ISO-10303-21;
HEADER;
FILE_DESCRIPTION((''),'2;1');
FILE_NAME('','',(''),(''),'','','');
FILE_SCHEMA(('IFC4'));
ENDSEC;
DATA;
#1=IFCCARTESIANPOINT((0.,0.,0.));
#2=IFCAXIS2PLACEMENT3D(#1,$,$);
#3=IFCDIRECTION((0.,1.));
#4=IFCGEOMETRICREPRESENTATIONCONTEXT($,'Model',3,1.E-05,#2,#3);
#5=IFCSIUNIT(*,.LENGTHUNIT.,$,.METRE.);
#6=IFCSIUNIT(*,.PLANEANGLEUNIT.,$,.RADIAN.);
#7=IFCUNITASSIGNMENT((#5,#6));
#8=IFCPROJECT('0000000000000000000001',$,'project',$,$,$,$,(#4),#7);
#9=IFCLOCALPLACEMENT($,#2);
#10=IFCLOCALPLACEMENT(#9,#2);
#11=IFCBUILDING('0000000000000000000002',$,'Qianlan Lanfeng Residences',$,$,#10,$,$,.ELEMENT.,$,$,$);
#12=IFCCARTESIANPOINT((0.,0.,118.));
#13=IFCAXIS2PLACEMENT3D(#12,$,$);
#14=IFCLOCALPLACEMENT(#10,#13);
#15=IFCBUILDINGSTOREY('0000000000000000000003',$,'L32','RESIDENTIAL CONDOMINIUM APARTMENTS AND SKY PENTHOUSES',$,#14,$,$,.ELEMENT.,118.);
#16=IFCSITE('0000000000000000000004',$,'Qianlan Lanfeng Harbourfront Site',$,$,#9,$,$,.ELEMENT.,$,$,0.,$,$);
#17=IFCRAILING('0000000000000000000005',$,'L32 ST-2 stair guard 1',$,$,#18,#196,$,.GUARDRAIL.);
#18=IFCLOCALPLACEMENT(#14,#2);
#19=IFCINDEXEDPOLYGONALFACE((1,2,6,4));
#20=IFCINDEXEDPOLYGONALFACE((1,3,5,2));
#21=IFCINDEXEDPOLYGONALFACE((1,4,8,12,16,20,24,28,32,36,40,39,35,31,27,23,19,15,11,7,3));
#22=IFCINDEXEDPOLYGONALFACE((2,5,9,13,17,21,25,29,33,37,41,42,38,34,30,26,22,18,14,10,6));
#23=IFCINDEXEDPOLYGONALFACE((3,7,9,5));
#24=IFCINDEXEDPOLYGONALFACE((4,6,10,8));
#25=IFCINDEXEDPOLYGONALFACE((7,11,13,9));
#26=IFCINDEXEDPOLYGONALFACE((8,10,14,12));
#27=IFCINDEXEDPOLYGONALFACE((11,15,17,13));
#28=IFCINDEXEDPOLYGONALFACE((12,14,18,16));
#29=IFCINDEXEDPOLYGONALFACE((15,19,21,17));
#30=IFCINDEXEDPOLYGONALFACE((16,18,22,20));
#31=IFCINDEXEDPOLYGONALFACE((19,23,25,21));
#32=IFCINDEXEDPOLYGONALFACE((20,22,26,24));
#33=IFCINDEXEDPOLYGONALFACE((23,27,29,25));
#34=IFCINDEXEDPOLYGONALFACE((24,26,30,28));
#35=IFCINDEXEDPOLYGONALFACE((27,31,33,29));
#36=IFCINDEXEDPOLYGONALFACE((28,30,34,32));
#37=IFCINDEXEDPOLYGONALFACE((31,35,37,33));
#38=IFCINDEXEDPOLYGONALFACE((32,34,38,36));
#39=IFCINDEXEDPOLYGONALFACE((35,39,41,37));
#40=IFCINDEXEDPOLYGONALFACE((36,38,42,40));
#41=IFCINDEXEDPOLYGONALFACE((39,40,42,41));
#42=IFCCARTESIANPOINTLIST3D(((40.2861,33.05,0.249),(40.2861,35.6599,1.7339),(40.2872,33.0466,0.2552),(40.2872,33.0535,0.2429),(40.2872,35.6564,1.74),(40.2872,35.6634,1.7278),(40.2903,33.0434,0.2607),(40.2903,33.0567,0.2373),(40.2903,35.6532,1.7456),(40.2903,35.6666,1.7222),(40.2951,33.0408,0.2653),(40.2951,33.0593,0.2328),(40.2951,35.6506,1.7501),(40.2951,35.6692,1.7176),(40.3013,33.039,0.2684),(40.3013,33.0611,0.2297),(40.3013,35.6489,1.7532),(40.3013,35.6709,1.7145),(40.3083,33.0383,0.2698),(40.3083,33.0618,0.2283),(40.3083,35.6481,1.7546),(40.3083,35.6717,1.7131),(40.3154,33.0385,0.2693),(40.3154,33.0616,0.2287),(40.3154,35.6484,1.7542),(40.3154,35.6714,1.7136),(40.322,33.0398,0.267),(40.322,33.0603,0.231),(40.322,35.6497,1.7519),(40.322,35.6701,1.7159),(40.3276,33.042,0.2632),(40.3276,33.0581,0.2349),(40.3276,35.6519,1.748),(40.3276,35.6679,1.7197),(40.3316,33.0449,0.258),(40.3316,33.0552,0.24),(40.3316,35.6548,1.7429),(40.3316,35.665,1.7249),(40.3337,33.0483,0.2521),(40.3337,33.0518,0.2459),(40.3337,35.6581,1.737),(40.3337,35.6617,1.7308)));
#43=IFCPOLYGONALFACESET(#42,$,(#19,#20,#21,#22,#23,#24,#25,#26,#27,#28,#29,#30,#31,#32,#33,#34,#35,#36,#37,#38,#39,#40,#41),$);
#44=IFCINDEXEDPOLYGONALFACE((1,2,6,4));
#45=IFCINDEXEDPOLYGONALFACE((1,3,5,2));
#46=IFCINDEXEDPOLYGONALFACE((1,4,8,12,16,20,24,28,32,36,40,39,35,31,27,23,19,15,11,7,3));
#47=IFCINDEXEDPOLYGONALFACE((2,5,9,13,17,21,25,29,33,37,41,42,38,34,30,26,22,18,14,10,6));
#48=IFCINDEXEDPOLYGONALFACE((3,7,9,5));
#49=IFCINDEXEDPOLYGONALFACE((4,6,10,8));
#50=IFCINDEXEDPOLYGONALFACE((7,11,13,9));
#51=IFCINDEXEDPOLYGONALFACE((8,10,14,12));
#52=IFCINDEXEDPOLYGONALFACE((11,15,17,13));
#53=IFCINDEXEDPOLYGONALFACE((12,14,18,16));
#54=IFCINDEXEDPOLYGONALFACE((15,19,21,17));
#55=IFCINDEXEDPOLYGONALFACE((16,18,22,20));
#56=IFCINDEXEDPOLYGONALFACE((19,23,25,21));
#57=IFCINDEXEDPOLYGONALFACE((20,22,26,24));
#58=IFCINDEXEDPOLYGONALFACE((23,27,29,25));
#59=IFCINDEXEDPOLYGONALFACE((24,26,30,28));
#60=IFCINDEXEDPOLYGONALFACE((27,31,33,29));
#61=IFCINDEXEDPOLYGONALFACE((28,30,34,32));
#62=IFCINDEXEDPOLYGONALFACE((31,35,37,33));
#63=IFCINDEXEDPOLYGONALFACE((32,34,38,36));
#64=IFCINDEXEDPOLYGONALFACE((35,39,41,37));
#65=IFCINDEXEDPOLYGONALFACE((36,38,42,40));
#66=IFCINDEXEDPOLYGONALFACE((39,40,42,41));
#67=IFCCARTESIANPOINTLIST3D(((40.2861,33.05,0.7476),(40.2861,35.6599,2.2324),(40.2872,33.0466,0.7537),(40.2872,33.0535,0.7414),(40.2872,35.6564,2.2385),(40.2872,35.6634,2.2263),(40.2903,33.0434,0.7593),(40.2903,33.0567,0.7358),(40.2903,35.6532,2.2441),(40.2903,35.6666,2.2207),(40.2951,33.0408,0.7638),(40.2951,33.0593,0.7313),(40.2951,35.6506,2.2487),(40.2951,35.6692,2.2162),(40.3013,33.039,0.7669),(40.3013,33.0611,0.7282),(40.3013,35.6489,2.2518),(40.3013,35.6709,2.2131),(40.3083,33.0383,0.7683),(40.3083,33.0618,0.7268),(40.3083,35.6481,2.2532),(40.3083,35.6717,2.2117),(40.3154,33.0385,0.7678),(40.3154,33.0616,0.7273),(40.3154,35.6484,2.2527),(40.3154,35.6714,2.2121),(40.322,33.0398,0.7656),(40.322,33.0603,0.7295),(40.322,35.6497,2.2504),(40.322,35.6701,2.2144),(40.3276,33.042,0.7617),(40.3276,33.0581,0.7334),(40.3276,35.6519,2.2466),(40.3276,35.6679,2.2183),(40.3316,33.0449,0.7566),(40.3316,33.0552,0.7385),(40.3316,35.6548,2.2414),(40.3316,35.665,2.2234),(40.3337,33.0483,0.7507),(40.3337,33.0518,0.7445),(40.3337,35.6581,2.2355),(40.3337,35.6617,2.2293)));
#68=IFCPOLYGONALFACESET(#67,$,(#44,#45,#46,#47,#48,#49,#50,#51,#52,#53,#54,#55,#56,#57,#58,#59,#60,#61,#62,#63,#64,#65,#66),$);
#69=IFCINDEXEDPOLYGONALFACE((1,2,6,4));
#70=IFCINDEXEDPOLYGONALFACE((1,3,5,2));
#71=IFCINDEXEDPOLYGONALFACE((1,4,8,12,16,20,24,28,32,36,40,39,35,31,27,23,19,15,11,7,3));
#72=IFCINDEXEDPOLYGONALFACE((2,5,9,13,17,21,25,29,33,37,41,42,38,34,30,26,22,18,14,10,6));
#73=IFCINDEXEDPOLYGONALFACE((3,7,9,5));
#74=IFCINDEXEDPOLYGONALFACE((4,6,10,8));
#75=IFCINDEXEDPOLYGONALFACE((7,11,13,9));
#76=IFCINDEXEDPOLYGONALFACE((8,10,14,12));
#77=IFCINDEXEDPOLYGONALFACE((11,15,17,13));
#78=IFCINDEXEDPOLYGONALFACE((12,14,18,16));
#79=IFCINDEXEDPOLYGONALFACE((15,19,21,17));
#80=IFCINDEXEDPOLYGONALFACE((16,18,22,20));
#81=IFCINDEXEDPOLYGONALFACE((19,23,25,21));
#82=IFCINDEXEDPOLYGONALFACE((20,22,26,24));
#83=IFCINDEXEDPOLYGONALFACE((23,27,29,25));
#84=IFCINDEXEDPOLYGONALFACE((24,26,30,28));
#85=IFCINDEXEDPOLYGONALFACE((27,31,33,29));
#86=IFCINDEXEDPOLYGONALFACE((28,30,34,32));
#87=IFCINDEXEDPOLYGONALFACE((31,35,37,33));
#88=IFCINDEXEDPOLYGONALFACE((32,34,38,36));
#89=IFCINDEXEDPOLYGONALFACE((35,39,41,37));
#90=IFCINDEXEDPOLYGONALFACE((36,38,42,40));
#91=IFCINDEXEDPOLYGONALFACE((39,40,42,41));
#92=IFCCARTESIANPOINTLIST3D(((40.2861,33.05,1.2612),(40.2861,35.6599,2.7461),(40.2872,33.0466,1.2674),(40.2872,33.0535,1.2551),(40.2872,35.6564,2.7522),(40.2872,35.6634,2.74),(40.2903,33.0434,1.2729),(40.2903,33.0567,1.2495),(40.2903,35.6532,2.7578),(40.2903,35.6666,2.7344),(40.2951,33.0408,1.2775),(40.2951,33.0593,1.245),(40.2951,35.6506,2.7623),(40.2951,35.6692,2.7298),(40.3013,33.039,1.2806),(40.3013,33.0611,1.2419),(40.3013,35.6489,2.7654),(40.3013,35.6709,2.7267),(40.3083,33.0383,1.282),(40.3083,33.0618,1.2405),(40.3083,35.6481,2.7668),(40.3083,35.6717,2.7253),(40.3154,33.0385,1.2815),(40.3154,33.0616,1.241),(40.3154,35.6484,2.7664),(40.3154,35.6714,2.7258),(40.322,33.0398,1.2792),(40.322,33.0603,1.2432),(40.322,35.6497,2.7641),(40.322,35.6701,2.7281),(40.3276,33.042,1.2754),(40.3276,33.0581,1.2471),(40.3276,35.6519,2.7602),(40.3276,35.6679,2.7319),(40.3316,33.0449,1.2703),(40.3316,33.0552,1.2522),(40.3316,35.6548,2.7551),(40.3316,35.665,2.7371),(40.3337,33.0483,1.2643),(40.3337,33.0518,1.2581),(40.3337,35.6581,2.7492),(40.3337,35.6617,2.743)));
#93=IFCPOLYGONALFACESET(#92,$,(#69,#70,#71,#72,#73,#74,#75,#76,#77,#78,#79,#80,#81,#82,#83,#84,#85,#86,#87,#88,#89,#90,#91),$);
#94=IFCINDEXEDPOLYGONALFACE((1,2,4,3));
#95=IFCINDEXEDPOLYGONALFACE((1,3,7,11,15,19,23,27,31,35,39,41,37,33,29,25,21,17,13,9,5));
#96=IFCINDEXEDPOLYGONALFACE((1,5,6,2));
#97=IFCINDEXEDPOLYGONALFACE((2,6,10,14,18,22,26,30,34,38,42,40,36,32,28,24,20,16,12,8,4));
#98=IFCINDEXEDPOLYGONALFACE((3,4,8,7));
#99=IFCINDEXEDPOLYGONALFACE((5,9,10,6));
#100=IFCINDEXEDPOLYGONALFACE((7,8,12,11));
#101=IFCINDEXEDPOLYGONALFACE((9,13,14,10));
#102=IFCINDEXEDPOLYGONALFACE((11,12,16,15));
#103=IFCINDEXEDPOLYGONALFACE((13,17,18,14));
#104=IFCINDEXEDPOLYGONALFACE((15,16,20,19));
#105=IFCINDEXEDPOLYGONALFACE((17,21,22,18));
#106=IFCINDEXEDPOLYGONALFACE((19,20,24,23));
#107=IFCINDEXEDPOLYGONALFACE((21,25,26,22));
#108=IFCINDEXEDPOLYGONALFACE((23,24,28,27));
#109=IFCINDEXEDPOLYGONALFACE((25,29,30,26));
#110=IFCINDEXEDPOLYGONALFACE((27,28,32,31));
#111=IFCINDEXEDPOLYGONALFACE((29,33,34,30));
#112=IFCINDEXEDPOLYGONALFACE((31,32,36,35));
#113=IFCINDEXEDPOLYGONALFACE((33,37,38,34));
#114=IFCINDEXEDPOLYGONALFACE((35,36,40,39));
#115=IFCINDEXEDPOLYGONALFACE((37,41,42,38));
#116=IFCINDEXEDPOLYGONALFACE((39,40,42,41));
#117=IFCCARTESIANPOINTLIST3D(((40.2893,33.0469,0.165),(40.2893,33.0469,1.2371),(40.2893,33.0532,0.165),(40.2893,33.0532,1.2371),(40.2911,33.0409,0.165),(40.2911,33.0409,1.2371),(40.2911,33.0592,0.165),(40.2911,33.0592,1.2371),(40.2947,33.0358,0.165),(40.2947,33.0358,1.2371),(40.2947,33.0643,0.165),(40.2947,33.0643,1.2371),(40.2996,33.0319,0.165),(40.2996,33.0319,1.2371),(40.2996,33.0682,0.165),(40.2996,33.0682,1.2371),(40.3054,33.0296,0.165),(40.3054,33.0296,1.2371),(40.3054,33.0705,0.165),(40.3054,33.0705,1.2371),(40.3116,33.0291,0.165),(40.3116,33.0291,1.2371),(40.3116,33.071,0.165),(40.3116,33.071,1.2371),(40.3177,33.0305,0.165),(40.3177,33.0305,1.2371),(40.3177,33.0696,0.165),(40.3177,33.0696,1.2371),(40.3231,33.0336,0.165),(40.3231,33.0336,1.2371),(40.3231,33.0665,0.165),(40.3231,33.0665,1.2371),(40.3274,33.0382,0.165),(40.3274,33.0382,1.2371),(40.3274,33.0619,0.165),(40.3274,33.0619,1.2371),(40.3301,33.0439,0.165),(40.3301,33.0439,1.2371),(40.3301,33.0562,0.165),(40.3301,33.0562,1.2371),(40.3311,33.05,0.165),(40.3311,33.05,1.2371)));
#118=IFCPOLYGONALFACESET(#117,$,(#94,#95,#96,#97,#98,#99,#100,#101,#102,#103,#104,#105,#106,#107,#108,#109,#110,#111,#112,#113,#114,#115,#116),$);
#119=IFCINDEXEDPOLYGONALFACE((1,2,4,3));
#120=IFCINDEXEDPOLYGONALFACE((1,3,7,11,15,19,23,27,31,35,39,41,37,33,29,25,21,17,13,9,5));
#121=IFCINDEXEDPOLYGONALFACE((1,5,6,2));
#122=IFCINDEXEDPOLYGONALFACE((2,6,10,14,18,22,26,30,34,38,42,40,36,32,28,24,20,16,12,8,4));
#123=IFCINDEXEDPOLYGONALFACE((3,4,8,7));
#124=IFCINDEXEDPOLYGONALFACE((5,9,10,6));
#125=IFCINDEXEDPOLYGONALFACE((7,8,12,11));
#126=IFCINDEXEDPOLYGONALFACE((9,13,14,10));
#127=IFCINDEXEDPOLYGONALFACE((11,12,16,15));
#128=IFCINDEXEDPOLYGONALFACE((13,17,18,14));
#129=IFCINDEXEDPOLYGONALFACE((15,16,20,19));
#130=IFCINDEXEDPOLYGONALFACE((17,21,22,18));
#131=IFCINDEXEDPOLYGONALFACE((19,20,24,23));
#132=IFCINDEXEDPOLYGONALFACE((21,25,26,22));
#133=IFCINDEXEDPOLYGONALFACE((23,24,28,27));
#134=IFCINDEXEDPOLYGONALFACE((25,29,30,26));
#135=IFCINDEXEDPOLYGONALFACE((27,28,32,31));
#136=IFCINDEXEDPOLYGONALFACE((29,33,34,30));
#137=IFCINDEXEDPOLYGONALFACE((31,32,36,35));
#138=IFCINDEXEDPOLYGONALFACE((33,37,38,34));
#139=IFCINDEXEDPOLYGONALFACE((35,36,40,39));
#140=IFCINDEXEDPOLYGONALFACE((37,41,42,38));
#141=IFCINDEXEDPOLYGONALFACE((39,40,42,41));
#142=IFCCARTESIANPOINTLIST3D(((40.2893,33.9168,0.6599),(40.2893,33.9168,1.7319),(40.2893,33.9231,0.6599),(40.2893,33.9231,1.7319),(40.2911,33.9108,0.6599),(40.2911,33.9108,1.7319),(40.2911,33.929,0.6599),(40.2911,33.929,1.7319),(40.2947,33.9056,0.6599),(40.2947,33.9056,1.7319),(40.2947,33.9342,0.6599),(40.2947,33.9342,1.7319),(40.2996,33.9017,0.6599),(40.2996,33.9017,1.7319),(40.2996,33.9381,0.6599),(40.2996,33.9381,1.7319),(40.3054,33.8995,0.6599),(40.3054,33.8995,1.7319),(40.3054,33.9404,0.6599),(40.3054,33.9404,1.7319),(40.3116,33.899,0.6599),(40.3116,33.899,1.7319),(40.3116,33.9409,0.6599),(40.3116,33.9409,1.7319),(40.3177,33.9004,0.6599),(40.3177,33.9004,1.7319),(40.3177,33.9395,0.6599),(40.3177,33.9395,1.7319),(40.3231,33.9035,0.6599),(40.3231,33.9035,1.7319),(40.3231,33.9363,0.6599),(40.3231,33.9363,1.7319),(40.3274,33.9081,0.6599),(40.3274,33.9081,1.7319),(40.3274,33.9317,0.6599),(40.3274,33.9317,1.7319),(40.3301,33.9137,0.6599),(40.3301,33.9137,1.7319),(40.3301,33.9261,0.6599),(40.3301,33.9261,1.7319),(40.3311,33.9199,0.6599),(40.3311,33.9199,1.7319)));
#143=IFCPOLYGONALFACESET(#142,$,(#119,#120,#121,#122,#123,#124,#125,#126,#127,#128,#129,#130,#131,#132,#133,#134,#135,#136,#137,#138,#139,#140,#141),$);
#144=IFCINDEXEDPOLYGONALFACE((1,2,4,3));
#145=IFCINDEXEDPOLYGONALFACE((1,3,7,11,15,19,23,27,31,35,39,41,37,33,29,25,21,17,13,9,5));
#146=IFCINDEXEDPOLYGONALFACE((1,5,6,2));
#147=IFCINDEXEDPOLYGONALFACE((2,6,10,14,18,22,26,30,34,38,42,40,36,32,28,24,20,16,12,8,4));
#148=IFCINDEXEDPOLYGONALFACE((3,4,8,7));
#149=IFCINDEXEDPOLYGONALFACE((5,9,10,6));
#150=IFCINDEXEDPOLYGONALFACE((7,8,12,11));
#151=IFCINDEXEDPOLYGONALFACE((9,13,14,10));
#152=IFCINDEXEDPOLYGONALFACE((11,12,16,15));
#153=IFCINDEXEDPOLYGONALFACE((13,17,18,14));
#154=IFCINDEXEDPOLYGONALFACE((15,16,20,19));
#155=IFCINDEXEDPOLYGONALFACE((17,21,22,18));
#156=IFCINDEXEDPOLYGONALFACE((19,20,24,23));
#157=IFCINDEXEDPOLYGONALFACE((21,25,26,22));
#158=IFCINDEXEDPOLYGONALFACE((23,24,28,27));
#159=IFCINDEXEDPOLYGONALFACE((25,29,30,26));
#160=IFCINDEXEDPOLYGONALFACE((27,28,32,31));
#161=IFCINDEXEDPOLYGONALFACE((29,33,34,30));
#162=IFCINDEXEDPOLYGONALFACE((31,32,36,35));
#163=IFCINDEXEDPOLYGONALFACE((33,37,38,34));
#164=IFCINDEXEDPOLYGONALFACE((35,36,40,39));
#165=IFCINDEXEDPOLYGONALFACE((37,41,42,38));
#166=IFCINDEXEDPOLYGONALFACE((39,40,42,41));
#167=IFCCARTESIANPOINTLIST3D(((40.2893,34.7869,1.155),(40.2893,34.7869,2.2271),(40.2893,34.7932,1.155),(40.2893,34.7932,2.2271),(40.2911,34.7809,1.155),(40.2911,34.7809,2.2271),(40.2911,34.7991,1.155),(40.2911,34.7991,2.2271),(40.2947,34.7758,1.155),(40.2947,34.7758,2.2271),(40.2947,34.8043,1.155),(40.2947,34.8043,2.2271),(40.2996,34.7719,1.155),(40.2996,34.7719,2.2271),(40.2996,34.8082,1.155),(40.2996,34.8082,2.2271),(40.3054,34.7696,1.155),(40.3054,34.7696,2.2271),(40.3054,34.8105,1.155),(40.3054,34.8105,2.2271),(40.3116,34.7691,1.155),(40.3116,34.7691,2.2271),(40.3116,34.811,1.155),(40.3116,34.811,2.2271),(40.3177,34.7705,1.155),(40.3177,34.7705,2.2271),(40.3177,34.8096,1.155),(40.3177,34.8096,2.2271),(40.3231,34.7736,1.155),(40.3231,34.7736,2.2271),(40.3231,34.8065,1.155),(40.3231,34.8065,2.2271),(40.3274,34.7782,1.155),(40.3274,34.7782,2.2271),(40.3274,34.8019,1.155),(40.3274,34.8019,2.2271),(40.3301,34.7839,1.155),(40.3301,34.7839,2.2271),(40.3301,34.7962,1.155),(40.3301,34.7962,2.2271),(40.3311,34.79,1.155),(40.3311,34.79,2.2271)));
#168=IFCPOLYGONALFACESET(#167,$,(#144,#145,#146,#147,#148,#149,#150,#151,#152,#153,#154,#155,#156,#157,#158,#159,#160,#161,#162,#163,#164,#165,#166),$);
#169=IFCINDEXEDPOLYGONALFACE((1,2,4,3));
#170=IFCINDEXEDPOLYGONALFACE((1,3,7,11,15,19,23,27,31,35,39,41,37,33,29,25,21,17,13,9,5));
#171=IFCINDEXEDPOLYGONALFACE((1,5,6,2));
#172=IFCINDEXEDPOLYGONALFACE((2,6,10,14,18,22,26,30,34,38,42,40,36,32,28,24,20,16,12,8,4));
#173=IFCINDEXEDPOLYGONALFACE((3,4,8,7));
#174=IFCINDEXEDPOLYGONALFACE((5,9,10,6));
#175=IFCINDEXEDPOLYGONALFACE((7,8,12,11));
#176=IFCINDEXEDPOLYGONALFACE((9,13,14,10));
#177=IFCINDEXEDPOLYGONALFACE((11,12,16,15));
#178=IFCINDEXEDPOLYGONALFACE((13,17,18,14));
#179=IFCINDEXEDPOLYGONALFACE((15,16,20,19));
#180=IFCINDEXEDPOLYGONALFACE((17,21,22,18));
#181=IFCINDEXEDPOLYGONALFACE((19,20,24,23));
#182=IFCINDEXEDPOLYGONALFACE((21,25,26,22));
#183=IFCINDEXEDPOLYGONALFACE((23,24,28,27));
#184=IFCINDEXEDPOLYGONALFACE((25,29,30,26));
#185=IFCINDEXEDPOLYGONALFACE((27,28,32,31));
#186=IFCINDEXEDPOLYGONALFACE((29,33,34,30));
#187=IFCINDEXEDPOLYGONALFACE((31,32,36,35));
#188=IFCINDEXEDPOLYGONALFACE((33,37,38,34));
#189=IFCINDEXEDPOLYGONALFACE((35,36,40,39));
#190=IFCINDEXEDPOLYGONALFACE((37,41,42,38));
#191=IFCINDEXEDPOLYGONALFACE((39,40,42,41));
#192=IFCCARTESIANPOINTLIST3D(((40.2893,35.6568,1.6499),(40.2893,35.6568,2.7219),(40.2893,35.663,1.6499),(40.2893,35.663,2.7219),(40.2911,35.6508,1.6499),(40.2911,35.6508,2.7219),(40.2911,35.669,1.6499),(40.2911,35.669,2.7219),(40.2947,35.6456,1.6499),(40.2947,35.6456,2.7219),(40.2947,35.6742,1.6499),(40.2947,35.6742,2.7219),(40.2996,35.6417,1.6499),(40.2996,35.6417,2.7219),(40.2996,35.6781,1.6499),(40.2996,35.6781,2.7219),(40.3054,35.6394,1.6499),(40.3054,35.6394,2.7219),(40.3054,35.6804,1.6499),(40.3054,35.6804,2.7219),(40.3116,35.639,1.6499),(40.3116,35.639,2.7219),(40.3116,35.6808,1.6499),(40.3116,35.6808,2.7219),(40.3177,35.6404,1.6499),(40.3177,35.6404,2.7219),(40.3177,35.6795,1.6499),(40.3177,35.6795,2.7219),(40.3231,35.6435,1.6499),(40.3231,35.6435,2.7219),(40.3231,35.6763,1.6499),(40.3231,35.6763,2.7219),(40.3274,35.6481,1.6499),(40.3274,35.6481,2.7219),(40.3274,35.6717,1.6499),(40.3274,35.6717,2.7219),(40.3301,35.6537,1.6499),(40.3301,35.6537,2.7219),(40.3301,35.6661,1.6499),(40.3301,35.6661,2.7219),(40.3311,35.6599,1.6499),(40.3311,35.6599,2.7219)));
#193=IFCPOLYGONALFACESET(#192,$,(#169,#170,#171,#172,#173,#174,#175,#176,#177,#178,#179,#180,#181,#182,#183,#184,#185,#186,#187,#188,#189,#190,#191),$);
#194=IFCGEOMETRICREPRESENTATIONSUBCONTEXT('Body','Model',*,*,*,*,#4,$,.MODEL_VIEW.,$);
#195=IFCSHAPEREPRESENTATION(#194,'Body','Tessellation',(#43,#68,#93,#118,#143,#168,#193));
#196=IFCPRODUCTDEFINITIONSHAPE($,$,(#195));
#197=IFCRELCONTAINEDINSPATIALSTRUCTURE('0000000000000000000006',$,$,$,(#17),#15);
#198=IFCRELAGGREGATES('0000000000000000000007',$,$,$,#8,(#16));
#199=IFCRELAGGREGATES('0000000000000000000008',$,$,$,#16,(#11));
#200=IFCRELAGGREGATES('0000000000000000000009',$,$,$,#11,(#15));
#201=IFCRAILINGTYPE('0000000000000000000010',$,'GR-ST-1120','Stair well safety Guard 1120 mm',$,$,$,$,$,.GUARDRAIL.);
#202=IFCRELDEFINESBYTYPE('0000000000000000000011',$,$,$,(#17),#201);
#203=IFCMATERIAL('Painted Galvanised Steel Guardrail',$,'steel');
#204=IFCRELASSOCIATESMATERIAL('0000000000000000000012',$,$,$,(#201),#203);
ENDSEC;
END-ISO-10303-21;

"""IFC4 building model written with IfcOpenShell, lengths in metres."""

from ifc_helpers import new_model, si_unit, direction, frame, origin, origin_2d, place, context, subcontext, project, spatial, circle, extrude, material, type_object, element, save


model = new_model("IFC4")

# Units and contexts
model_context = context("Model", 3, precision=1e-05, world=origin(), true_north=direction((0.0, 1.0)))
body_context = subcontext(model_context, "Body", "Model", "MODEL_VIEW")
ifc_project = project(units=[si_unit("LENGTHUNIT", "METRE"), si_unit("PLANEANGLEUNIT", "RADIAN")], contexts=[model_context])

# Site, building, storey
site_placement = place(None, origin())
site = spatial("IfcSite", under=ifc_project, at=site_placement, Name="Qianlan Lanfeng Harbourfront Site", CompositionType="ELEMENT", RefElevation=0.0)
building_placement = place(site_placement, origin())
building = spatial("IfcBuilding", under=site, at=building_placement, Name="Qianlan Lanfeng Residences", CompositionType="ELEMENT")
storey_placement = place(building_placement, frame((0.0, 0.0, 118.0)))
storey = spatial("IfcBuildingStorey", under=building, at=storey_placement, Name="L32", Description="RESIDENTIAL CONDOMINIUM APARTMENTS AND SKY PENTHOUSES", CompositionType="ELEMENT", Elevation=118.0)

# Railing
ifc_material_1 = material(Name="Painted Galvanised Steel Guardrail", Category="steel")
railing_type_1 = type_object("IfcRailingType", Name="GR-ST-1120", Description="Stair well safety Guard 1120 mm", PredefinedType="GUARDRAIL", material=ifc_material_1)
railing_1_placement = place(storey_placement, frame((40.3101, 33.05, 0.165)))
element("IfcRailing", 1, at=railing_1_placement, inside=storey, type_object=railing_type_1, Name="L32 ST-2 stair guard 1", PredefinedType="GUARDRAIL", context=body_context, shape_type="SweptSolid", body=[
    extrude(circle(Radius=0.0239, at=origin_2d()), frame((0.0, 0.0, 0.084), z_axis=(0.0, 0.869172, 0.494509), x_axis=(-1.0, 0.0, 0.0)), (0.0, 0.0, 1.0), 3.0027),
    extrude(circle(Radius=0.0239, at=origin_2d()), frame((0.0, 0.0, 0.5825), z_axis=(0.0, 0.869172, 0.494509), x_axis=(-1.0, 0.0, 0.0)), (0.0, 0.0, 1.0), 3.0027),
    extrude(circle(Radius=0.0239, at=origin_2d()), frame((0.0, 0.0, 1.0962), z_axis=(0.0, 0.869172, 0.494509), x_axis=(-1.0, 0.0, 0.0)), (0.0, 0.0, 1.0), 3.0027),
    extrude(circle(Radius=0.021, at=origin_2d()), origin(), (0.0, 0.0, 1.0), 1.072),
    extrude(circle(Radius=0.021, at=origin_2d()), frame((0.0, 0.8699, 0.4949)), (0.0, 0.0, 1.0), 1.072),
    extrude(circle(Radius=0.021, at=origin_2d()), frame((0.0, 1.74, 0.99)), (0.0, 0.0, 1.0), 1.072),
    extrude(circle(Radius=0.021, at=origin_2d()), frame((0.0, 2.6099, 1.4849)), (0.0, 0.0, 1.0), 1.072),
])

save(model, "model.ifc")
